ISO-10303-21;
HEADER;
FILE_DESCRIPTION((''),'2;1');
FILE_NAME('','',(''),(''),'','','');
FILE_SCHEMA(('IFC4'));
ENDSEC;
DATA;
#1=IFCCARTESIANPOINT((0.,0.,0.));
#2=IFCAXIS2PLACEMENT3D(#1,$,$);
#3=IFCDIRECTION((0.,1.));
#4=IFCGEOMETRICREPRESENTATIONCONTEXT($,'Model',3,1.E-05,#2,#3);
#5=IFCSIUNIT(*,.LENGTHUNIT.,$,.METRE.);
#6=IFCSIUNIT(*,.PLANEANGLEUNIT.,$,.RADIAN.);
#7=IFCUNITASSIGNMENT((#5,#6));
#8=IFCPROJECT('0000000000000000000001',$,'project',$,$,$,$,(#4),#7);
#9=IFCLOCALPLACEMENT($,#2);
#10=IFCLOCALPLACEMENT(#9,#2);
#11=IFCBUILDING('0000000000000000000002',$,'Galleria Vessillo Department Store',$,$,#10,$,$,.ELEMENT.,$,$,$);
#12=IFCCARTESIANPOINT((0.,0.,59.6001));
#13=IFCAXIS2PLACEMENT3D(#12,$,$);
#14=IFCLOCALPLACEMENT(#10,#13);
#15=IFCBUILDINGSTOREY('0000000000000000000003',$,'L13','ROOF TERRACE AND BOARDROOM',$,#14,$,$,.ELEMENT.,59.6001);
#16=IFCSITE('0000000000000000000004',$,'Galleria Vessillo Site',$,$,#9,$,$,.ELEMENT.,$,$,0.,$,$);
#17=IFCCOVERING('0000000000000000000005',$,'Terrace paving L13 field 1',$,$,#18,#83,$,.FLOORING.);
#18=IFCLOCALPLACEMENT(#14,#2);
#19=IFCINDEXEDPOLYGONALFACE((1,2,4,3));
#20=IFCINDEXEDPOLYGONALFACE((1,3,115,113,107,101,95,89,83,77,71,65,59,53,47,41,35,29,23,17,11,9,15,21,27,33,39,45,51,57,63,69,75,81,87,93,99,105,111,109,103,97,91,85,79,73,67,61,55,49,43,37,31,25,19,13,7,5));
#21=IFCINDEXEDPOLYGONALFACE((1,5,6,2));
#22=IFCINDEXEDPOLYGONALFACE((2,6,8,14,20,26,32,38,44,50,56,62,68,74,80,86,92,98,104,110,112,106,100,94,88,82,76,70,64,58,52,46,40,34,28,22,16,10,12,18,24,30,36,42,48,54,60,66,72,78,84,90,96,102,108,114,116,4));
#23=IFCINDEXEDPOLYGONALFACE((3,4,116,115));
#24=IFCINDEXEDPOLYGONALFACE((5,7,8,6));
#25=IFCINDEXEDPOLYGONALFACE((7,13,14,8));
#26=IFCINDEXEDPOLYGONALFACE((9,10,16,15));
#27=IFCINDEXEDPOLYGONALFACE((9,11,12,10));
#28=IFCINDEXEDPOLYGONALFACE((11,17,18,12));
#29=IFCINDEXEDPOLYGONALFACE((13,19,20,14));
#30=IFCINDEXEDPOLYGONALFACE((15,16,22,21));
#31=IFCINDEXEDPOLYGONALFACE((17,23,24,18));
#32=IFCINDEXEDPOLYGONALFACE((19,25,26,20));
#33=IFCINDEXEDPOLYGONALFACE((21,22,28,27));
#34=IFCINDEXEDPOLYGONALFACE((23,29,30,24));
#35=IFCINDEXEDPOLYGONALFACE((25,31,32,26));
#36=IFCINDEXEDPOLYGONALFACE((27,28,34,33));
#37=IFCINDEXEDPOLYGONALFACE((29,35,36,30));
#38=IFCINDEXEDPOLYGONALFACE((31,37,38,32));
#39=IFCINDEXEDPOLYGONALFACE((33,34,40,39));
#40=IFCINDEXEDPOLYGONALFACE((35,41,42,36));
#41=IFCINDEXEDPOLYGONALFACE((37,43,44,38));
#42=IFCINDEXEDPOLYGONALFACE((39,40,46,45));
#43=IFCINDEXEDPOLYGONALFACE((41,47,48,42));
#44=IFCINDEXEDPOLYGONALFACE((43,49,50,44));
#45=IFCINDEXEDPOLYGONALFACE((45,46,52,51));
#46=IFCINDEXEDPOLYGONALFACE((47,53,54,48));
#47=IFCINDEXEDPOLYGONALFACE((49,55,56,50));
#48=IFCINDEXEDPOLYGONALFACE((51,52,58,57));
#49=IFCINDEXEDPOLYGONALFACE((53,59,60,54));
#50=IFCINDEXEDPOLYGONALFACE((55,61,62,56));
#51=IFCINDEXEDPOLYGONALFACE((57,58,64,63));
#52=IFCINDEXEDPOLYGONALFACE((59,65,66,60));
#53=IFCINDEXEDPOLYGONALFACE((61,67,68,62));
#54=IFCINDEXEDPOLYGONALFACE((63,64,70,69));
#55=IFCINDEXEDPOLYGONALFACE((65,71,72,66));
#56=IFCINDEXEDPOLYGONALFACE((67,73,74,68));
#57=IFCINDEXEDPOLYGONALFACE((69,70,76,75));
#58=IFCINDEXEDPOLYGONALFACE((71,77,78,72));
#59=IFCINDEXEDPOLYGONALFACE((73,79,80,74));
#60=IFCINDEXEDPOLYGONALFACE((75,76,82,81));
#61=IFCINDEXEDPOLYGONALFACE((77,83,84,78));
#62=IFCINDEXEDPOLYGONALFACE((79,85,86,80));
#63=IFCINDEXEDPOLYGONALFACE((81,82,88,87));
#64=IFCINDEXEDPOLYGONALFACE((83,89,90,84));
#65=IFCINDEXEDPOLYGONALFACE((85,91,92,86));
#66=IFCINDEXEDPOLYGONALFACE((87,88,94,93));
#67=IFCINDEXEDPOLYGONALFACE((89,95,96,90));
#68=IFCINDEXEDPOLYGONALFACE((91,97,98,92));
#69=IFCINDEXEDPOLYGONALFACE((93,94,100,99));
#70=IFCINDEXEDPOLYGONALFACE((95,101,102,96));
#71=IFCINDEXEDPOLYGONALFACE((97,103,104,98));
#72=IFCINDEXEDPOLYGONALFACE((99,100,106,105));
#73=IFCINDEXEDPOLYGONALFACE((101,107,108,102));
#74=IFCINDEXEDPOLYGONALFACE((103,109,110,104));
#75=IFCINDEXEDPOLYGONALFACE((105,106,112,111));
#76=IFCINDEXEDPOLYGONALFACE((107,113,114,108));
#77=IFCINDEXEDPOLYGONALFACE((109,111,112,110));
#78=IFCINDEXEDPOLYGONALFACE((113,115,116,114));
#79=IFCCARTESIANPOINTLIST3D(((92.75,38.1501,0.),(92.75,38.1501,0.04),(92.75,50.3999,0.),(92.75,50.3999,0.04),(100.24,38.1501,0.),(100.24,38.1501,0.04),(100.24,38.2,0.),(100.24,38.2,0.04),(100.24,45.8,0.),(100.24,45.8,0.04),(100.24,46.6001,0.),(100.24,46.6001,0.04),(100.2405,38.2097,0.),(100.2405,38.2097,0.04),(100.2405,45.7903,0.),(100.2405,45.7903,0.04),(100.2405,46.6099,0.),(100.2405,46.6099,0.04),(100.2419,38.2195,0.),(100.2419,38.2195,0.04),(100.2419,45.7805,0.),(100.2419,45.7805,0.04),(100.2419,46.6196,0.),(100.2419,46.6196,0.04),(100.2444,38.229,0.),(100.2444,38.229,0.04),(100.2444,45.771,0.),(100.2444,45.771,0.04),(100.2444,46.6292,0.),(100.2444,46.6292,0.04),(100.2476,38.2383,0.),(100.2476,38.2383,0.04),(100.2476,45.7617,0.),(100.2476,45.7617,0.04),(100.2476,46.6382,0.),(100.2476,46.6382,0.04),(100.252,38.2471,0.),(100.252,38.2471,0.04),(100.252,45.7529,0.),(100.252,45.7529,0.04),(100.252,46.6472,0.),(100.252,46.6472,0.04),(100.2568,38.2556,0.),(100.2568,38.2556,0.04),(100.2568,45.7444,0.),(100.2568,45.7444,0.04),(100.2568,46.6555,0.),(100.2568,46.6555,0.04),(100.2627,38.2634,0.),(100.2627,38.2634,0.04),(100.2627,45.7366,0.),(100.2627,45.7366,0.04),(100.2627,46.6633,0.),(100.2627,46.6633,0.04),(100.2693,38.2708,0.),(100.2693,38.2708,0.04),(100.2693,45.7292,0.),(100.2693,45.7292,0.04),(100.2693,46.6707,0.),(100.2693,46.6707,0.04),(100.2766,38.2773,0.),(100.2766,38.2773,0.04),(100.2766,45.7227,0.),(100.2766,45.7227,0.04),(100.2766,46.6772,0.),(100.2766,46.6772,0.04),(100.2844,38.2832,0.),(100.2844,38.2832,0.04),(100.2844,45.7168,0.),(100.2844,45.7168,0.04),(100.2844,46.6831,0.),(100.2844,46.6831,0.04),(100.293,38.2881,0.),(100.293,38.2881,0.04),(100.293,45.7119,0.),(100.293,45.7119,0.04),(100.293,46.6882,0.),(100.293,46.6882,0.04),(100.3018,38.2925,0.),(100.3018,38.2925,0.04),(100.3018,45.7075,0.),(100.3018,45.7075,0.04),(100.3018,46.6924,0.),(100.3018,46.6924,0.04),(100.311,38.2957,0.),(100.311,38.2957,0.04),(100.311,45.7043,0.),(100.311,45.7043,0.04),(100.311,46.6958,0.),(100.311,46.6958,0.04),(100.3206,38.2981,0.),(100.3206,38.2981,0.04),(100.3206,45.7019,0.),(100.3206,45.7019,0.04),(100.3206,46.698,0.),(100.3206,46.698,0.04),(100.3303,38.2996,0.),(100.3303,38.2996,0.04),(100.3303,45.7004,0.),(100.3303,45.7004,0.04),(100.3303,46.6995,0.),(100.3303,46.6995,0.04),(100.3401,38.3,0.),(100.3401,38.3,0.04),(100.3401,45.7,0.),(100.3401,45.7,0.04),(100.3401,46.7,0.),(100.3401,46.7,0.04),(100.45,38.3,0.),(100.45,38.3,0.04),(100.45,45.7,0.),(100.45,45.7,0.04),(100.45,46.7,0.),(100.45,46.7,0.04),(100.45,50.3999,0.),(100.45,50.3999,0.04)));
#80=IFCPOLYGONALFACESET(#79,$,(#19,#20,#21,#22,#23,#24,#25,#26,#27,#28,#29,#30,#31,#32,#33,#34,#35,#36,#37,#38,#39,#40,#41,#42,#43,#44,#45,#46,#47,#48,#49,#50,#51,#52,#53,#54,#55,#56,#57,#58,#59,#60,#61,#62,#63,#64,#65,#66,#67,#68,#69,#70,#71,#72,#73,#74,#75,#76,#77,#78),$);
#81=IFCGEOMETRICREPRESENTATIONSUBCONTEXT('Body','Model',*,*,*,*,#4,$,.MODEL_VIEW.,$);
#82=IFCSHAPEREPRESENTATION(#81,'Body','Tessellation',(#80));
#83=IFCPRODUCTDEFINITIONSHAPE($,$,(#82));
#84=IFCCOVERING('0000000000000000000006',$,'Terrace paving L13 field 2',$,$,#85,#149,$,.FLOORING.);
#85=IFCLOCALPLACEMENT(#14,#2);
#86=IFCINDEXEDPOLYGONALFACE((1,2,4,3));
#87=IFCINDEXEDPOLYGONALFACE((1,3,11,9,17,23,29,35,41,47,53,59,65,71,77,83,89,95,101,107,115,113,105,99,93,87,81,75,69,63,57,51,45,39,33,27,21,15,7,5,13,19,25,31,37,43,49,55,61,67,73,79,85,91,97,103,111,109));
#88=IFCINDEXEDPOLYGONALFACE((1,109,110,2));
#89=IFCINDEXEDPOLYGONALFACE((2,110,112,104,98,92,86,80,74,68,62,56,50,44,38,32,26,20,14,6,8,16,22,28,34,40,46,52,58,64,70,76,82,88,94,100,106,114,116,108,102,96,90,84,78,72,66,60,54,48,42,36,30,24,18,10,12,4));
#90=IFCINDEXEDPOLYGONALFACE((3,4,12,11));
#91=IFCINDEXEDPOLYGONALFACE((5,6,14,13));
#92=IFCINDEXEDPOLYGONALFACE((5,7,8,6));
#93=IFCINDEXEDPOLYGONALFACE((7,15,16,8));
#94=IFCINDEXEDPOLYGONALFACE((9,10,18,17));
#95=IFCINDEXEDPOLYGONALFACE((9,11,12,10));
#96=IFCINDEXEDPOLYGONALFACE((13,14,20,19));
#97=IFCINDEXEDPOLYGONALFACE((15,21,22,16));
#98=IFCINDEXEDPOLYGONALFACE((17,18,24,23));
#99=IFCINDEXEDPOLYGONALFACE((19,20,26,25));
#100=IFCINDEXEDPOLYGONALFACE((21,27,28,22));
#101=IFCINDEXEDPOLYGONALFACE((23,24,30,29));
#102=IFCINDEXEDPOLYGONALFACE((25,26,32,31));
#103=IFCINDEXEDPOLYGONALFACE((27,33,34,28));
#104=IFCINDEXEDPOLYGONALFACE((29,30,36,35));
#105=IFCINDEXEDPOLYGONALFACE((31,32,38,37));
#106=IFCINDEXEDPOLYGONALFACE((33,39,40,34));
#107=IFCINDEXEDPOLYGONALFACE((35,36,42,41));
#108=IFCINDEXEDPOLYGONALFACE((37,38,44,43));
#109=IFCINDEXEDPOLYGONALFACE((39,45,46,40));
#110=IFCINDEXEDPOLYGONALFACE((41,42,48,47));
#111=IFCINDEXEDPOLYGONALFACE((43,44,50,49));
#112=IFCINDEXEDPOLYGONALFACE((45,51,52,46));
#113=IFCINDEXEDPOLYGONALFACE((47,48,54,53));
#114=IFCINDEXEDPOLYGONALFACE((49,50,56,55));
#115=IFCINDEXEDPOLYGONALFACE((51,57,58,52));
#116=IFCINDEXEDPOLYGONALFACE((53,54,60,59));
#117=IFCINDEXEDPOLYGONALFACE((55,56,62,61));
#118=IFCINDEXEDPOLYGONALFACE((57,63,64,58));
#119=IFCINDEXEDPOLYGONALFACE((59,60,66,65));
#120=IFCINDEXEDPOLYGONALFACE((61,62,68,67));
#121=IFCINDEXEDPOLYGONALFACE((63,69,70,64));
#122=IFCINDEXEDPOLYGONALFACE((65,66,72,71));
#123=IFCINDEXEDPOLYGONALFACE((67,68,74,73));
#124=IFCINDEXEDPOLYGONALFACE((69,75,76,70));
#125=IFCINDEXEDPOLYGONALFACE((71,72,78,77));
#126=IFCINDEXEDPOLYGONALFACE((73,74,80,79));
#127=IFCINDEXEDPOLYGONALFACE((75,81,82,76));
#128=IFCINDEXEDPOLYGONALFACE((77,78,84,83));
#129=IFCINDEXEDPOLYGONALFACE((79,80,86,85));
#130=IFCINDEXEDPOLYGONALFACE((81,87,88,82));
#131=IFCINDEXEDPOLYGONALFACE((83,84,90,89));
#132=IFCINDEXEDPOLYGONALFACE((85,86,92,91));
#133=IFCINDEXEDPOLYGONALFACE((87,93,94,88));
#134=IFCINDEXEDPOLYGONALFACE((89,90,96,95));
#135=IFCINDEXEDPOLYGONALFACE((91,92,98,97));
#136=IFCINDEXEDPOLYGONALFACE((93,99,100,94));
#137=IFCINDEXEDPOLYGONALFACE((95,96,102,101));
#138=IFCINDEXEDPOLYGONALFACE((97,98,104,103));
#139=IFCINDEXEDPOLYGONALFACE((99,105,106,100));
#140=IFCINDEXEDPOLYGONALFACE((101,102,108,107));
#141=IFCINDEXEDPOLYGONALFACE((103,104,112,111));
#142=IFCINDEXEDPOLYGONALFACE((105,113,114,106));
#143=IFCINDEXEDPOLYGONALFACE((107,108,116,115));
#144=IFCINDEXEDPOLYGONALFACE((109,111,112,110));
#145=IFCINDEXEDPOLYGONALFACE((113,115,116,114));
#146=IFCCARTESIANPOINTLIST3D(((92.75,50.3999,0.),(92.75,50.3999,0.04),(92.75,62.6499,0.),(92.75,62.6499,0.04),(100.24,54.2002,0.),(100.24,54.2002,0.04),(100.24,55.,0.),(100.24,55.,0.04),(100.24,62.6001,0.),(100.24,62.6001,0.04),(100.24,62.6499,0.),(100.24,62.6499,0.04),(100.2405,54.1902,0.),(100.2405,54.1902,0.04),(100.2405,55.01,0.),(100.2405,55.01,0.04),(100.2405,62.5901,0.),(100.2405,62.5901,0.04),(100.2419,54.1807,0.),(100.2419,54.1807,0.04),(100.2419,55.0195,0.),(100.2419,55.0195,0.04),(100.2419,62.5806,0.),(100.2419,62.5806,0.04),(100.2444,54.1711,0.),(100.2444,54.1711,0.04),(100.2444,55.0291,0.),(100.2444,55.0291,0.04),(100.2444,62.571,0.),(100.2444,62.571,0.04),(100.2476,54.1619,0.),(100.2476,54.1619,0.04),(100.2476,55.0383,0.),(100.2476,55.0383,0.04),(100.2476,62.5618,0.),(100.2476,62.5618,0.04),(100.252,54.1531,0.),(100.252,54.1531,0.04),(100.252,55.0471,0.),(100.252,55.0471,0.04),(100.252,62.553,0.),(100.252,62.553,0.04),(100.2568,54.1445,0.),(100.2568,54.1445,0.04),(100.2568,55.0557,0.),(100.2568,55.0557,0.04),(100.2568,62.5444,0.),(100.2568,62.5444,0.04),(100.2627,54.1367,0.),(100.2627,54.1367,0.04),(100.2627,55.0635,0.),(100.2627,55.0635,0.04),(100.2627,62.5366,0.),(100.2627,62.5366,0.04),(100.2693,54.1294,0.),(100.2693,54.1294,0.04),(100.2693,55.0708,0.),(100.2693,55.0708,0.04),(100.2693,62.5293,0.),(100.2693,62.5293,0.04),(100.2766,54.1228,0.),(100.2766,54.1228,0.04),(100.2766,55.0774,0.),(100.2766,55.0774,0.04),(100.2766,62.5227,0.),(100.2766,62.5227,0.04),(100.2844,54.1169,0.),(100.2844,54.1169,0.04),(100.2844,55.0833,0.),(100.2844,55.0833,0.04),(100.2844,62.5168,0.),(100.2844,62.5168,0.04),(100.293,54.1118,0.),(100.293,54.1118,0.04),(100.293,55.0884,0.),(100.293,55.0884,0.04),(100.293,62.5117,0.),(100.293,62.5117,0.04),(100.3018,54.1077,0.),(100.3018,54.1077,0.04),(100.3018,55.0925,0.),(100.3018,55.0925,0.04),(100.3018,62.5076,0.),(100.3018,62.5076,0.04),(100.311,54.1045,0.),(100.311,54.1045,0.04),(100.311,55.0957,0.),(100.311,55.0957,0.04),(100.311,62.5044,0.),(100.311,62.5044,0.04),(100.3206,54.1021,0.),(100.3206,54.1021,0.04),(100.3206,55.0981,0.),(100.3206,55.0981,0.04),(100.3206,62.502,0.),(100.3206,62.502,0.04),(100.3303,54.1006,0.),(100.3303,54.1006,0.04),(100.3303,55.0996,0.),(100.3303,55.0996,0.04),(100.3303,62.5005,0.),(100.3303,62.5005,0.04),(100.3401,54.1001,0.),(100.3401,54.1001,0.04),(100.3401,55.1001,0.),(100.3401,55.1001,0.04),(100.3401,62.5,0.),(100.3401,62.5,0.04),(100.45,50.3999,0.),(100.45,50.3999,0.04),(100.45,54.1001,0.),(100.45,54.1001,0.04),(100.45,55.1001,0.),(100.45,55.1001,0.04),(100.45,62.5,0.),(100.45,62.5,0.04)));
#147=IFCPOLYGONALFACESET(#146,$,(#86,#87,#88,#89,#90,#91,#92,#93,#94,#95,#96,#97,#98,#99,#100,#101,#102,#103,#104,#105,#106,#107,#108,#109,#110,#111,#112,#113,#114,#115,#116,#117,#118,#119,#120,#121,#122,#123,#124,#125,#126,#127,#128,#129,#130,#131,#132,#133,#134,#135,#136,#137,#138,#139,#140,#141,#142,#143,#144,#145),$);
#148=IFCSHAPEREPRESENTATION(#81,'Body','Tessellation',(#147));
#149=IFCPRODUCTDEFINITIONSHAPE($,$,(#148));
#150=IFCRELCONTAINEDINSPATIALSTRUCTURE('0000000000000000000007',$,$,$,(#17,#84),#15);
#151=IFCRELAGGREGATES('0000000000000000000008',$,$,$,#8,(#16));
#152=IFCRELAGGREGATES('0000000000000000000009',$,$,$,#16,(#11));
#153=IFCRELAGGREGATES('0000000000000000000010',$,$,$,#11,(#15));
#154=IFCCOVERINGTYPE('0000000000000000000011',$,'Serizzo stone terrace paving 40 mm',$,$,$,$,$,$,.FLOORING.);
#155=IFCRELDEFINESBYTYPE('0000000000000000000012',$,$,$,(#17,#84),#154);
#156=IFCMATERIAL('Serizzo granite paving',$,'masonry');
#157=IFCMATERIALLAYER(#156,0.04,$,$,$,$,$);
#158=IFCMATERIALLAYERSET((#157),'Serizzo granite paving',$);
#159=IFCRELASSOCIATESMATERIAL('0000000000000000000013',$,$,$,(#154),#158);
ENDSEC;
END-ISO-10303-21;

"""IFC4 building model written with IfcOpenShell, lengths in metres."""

from ifc_helpers import new_model, si_unit, direction, frame, origin, place, context, subcontext, project, spatial, polyline, outline, extrude, material, layer, layer_set, type_object, element, save


model = new_model("IFC4")

# Units and contexts
model_context = context("Model", 3, precision=1e-05, world=origin(), true_north=direction((0.0, 1.0)))
body_context = subcontext(model_context, "Body", "Model", "MODEL_VIEW")
ifc_project = project(units=[si_unit("LENGTHUNIT", "METRE"), si_unit("PLANEANGLEUNIT", "RADIAN")], contexts=[model_context])

# Site, building, storey
site_placement = place(None, origin())
site = spatial("IfcSite", under=ifc_project, at=site_placement, Name="Galleria Vessillo Site", CompositionType="ELEMENT", RefElevation=0.0)
building_placement = place(site_placement, origin())
building = spatial("IfcBuilding", under=site, at=building_placement, Name="Galleria Vessillo Department Store", CompositionType="ELEMENT")
storey_placement = place(building_placement, frame((0.0, 0.0, 59.6001)))
storey = spatial("IfcBuildingStorey", under=building, at=storey_placement, Name="L13", Description="ROOF TERRACE AND BOARDROOM", CompositionType="ELEMENT", Elevation=59.6001)

# Coverings
ifc_material_1 = material(Name="Serizzo granite paving", Category="masonry")
ifc_layer_1 = layer(ifc_material_1, 0.04)
ifc_layer_set_1 = layer_set([ifc_layer_1], Name="Serizzo granite paving")
covering_type_1 = type_object("IfcCoveringType", Name="Serizzo stone terrace paving 40 mm", PredefinedType="FLOORING", material=ifc_layer_set_1)
covering_1_placement = place(storey_placement, origin())
element("IfcCovering", 1, at=covering_1_placement, inside=storey, type_object=covering_type_1, Name="Terrace paving L13 field 1", PredefinedType="FLOORING", context=body_context, shape_type="SweptSolid", body=[
    extrude(outline(polyline([(100.45, 46.7), (100.3401, 46.7), (100.3303, 46.6995), (100.3206, 46.698), (100.311, 46.6958), (100.3018, 46.6924), (100.293, 46.6882), (100.2844, 46.6831), (100.2766, 46.6772), (100.2693, 46.6707), (100.2627, 46.6633), (100.2568, 46.6555), (100.252, 46.6472), (100.2476, 46.6382), (100.2444, 46.6292), (100.2419, 46.6196), (100.2405, 46.6099), (100.24, 46.6001), (100.24, 45.8), (100.2405, 45.7903), (100.2419, 45.7805), (100.2444, 45.771), (100.2476, 45.7617), (100.252, 45.7529), (100.2568, 45.7444), (100.2627, 45.7366), (100.2693, 45.7292), (100.2766, 45.7227), (100.2844, 45.7168), (100.293, 45.7119), (100.3018, 45.7075), (100.311, 45.7043), (100.3206, 45.7019), (100.3303, 45.7004), (100.3401, 45.7), (100.45, 45.7), (100.45, 38.3), (100.3401, 38.3), (100.3303, 38.2996), (100.3206, 38.2981), (100.311, 38.2957), (100.3018, 38.2925), (100.293, 38.2881), (100.2844, 38.2832), (100.2766, 38.2773), (100.2693, 38.2708), (100.2627, 38.2634), (100.2568, 38.2556), (100.252, 38.2471), (100.2476, 38.2383), (100.2444, 38.229), (100.2419, 38.2195), (100.2405, 38.2097), (100.24, 38.2), (100.24, 38.1501), (92.75, 38.1501), (92.75, 50.3999), (100.45, 50.3999), (100.45, 46.7)])), origin(), (0.0, 0.0, 1.0), 0.04),
])
covering_2_placement = place(storey_placement, origin())
element("IfcCovering", 2, at=covering_2_placement, inside=storey, type_object=covering_type_1, Name="Terrace paving L13 field 2", PredefinedType="FLOORING", context=body_context, shape_type="SweptSolid", body=[
    extrude(outline(polyline([(100.24, 62.6499), (100.24, 62.6001), (100.2405, 62.5901), (100.2419, 62.5806), (100.2444, 62.571), (100.2476, 62.5618), (100.252, 62.553), (100.2568, 62.5444), (100.2627, 62.5366), (100.2693, 62.5293), (100.2766, 62.5227), (100.2844, 62.5168), (100.293, 62.5117), (100.3018, 62.5076), (100.311, 62.5044), (100.3206, 62.502), (100.3303, 62.5005), (100.3401, 62.5), (100.45, 62.5), (100.45, 55.1001), (100.3401, 55.1001), (100.3303, 55.0996), (100.3206, 55.0981), (100.311, 55.0957), (100.3018, 55.0925), (100.293, 55.0884), (100.2844, 55.0833), (100.2766, 55.0774), (100.2693, 55.0708), (100.2627, 55.0635), (100.2568, 55.0557), (100.252, 55.0471), (100.2476, 55.0383), (100.2444, 55.0291), (100.2419, 55.0195), (100.2405, 55.01), (100.24, 55.0), (100.24, 54.2002), (100.2405, 54.1902), (100.2419, 54.1807), (100.2444, 54.1711), (100.2476, 54.1619), (100.252, 54.1531), (100.2568, 54.1445), (100.2627, 54.1367), (100.2693, 54.1294), (100.2766, 54.1228), (100.2844, 54.1169), (100.293, 54.1118), (100.3018, 54.1077), (100.311, 54.1045), (100.3206, 54.1021), (100.3303, 54.1006), (100.3401, 54.1001), (100.45, 54.1001), (100.45, 50.3999), (92.75, 50.3999), (92.75, 62.6499), (100.24, 62.6499)])), origin(), (0.0, 0.0, 1.0), 0.04),
])

save(model, "model.ifc")
